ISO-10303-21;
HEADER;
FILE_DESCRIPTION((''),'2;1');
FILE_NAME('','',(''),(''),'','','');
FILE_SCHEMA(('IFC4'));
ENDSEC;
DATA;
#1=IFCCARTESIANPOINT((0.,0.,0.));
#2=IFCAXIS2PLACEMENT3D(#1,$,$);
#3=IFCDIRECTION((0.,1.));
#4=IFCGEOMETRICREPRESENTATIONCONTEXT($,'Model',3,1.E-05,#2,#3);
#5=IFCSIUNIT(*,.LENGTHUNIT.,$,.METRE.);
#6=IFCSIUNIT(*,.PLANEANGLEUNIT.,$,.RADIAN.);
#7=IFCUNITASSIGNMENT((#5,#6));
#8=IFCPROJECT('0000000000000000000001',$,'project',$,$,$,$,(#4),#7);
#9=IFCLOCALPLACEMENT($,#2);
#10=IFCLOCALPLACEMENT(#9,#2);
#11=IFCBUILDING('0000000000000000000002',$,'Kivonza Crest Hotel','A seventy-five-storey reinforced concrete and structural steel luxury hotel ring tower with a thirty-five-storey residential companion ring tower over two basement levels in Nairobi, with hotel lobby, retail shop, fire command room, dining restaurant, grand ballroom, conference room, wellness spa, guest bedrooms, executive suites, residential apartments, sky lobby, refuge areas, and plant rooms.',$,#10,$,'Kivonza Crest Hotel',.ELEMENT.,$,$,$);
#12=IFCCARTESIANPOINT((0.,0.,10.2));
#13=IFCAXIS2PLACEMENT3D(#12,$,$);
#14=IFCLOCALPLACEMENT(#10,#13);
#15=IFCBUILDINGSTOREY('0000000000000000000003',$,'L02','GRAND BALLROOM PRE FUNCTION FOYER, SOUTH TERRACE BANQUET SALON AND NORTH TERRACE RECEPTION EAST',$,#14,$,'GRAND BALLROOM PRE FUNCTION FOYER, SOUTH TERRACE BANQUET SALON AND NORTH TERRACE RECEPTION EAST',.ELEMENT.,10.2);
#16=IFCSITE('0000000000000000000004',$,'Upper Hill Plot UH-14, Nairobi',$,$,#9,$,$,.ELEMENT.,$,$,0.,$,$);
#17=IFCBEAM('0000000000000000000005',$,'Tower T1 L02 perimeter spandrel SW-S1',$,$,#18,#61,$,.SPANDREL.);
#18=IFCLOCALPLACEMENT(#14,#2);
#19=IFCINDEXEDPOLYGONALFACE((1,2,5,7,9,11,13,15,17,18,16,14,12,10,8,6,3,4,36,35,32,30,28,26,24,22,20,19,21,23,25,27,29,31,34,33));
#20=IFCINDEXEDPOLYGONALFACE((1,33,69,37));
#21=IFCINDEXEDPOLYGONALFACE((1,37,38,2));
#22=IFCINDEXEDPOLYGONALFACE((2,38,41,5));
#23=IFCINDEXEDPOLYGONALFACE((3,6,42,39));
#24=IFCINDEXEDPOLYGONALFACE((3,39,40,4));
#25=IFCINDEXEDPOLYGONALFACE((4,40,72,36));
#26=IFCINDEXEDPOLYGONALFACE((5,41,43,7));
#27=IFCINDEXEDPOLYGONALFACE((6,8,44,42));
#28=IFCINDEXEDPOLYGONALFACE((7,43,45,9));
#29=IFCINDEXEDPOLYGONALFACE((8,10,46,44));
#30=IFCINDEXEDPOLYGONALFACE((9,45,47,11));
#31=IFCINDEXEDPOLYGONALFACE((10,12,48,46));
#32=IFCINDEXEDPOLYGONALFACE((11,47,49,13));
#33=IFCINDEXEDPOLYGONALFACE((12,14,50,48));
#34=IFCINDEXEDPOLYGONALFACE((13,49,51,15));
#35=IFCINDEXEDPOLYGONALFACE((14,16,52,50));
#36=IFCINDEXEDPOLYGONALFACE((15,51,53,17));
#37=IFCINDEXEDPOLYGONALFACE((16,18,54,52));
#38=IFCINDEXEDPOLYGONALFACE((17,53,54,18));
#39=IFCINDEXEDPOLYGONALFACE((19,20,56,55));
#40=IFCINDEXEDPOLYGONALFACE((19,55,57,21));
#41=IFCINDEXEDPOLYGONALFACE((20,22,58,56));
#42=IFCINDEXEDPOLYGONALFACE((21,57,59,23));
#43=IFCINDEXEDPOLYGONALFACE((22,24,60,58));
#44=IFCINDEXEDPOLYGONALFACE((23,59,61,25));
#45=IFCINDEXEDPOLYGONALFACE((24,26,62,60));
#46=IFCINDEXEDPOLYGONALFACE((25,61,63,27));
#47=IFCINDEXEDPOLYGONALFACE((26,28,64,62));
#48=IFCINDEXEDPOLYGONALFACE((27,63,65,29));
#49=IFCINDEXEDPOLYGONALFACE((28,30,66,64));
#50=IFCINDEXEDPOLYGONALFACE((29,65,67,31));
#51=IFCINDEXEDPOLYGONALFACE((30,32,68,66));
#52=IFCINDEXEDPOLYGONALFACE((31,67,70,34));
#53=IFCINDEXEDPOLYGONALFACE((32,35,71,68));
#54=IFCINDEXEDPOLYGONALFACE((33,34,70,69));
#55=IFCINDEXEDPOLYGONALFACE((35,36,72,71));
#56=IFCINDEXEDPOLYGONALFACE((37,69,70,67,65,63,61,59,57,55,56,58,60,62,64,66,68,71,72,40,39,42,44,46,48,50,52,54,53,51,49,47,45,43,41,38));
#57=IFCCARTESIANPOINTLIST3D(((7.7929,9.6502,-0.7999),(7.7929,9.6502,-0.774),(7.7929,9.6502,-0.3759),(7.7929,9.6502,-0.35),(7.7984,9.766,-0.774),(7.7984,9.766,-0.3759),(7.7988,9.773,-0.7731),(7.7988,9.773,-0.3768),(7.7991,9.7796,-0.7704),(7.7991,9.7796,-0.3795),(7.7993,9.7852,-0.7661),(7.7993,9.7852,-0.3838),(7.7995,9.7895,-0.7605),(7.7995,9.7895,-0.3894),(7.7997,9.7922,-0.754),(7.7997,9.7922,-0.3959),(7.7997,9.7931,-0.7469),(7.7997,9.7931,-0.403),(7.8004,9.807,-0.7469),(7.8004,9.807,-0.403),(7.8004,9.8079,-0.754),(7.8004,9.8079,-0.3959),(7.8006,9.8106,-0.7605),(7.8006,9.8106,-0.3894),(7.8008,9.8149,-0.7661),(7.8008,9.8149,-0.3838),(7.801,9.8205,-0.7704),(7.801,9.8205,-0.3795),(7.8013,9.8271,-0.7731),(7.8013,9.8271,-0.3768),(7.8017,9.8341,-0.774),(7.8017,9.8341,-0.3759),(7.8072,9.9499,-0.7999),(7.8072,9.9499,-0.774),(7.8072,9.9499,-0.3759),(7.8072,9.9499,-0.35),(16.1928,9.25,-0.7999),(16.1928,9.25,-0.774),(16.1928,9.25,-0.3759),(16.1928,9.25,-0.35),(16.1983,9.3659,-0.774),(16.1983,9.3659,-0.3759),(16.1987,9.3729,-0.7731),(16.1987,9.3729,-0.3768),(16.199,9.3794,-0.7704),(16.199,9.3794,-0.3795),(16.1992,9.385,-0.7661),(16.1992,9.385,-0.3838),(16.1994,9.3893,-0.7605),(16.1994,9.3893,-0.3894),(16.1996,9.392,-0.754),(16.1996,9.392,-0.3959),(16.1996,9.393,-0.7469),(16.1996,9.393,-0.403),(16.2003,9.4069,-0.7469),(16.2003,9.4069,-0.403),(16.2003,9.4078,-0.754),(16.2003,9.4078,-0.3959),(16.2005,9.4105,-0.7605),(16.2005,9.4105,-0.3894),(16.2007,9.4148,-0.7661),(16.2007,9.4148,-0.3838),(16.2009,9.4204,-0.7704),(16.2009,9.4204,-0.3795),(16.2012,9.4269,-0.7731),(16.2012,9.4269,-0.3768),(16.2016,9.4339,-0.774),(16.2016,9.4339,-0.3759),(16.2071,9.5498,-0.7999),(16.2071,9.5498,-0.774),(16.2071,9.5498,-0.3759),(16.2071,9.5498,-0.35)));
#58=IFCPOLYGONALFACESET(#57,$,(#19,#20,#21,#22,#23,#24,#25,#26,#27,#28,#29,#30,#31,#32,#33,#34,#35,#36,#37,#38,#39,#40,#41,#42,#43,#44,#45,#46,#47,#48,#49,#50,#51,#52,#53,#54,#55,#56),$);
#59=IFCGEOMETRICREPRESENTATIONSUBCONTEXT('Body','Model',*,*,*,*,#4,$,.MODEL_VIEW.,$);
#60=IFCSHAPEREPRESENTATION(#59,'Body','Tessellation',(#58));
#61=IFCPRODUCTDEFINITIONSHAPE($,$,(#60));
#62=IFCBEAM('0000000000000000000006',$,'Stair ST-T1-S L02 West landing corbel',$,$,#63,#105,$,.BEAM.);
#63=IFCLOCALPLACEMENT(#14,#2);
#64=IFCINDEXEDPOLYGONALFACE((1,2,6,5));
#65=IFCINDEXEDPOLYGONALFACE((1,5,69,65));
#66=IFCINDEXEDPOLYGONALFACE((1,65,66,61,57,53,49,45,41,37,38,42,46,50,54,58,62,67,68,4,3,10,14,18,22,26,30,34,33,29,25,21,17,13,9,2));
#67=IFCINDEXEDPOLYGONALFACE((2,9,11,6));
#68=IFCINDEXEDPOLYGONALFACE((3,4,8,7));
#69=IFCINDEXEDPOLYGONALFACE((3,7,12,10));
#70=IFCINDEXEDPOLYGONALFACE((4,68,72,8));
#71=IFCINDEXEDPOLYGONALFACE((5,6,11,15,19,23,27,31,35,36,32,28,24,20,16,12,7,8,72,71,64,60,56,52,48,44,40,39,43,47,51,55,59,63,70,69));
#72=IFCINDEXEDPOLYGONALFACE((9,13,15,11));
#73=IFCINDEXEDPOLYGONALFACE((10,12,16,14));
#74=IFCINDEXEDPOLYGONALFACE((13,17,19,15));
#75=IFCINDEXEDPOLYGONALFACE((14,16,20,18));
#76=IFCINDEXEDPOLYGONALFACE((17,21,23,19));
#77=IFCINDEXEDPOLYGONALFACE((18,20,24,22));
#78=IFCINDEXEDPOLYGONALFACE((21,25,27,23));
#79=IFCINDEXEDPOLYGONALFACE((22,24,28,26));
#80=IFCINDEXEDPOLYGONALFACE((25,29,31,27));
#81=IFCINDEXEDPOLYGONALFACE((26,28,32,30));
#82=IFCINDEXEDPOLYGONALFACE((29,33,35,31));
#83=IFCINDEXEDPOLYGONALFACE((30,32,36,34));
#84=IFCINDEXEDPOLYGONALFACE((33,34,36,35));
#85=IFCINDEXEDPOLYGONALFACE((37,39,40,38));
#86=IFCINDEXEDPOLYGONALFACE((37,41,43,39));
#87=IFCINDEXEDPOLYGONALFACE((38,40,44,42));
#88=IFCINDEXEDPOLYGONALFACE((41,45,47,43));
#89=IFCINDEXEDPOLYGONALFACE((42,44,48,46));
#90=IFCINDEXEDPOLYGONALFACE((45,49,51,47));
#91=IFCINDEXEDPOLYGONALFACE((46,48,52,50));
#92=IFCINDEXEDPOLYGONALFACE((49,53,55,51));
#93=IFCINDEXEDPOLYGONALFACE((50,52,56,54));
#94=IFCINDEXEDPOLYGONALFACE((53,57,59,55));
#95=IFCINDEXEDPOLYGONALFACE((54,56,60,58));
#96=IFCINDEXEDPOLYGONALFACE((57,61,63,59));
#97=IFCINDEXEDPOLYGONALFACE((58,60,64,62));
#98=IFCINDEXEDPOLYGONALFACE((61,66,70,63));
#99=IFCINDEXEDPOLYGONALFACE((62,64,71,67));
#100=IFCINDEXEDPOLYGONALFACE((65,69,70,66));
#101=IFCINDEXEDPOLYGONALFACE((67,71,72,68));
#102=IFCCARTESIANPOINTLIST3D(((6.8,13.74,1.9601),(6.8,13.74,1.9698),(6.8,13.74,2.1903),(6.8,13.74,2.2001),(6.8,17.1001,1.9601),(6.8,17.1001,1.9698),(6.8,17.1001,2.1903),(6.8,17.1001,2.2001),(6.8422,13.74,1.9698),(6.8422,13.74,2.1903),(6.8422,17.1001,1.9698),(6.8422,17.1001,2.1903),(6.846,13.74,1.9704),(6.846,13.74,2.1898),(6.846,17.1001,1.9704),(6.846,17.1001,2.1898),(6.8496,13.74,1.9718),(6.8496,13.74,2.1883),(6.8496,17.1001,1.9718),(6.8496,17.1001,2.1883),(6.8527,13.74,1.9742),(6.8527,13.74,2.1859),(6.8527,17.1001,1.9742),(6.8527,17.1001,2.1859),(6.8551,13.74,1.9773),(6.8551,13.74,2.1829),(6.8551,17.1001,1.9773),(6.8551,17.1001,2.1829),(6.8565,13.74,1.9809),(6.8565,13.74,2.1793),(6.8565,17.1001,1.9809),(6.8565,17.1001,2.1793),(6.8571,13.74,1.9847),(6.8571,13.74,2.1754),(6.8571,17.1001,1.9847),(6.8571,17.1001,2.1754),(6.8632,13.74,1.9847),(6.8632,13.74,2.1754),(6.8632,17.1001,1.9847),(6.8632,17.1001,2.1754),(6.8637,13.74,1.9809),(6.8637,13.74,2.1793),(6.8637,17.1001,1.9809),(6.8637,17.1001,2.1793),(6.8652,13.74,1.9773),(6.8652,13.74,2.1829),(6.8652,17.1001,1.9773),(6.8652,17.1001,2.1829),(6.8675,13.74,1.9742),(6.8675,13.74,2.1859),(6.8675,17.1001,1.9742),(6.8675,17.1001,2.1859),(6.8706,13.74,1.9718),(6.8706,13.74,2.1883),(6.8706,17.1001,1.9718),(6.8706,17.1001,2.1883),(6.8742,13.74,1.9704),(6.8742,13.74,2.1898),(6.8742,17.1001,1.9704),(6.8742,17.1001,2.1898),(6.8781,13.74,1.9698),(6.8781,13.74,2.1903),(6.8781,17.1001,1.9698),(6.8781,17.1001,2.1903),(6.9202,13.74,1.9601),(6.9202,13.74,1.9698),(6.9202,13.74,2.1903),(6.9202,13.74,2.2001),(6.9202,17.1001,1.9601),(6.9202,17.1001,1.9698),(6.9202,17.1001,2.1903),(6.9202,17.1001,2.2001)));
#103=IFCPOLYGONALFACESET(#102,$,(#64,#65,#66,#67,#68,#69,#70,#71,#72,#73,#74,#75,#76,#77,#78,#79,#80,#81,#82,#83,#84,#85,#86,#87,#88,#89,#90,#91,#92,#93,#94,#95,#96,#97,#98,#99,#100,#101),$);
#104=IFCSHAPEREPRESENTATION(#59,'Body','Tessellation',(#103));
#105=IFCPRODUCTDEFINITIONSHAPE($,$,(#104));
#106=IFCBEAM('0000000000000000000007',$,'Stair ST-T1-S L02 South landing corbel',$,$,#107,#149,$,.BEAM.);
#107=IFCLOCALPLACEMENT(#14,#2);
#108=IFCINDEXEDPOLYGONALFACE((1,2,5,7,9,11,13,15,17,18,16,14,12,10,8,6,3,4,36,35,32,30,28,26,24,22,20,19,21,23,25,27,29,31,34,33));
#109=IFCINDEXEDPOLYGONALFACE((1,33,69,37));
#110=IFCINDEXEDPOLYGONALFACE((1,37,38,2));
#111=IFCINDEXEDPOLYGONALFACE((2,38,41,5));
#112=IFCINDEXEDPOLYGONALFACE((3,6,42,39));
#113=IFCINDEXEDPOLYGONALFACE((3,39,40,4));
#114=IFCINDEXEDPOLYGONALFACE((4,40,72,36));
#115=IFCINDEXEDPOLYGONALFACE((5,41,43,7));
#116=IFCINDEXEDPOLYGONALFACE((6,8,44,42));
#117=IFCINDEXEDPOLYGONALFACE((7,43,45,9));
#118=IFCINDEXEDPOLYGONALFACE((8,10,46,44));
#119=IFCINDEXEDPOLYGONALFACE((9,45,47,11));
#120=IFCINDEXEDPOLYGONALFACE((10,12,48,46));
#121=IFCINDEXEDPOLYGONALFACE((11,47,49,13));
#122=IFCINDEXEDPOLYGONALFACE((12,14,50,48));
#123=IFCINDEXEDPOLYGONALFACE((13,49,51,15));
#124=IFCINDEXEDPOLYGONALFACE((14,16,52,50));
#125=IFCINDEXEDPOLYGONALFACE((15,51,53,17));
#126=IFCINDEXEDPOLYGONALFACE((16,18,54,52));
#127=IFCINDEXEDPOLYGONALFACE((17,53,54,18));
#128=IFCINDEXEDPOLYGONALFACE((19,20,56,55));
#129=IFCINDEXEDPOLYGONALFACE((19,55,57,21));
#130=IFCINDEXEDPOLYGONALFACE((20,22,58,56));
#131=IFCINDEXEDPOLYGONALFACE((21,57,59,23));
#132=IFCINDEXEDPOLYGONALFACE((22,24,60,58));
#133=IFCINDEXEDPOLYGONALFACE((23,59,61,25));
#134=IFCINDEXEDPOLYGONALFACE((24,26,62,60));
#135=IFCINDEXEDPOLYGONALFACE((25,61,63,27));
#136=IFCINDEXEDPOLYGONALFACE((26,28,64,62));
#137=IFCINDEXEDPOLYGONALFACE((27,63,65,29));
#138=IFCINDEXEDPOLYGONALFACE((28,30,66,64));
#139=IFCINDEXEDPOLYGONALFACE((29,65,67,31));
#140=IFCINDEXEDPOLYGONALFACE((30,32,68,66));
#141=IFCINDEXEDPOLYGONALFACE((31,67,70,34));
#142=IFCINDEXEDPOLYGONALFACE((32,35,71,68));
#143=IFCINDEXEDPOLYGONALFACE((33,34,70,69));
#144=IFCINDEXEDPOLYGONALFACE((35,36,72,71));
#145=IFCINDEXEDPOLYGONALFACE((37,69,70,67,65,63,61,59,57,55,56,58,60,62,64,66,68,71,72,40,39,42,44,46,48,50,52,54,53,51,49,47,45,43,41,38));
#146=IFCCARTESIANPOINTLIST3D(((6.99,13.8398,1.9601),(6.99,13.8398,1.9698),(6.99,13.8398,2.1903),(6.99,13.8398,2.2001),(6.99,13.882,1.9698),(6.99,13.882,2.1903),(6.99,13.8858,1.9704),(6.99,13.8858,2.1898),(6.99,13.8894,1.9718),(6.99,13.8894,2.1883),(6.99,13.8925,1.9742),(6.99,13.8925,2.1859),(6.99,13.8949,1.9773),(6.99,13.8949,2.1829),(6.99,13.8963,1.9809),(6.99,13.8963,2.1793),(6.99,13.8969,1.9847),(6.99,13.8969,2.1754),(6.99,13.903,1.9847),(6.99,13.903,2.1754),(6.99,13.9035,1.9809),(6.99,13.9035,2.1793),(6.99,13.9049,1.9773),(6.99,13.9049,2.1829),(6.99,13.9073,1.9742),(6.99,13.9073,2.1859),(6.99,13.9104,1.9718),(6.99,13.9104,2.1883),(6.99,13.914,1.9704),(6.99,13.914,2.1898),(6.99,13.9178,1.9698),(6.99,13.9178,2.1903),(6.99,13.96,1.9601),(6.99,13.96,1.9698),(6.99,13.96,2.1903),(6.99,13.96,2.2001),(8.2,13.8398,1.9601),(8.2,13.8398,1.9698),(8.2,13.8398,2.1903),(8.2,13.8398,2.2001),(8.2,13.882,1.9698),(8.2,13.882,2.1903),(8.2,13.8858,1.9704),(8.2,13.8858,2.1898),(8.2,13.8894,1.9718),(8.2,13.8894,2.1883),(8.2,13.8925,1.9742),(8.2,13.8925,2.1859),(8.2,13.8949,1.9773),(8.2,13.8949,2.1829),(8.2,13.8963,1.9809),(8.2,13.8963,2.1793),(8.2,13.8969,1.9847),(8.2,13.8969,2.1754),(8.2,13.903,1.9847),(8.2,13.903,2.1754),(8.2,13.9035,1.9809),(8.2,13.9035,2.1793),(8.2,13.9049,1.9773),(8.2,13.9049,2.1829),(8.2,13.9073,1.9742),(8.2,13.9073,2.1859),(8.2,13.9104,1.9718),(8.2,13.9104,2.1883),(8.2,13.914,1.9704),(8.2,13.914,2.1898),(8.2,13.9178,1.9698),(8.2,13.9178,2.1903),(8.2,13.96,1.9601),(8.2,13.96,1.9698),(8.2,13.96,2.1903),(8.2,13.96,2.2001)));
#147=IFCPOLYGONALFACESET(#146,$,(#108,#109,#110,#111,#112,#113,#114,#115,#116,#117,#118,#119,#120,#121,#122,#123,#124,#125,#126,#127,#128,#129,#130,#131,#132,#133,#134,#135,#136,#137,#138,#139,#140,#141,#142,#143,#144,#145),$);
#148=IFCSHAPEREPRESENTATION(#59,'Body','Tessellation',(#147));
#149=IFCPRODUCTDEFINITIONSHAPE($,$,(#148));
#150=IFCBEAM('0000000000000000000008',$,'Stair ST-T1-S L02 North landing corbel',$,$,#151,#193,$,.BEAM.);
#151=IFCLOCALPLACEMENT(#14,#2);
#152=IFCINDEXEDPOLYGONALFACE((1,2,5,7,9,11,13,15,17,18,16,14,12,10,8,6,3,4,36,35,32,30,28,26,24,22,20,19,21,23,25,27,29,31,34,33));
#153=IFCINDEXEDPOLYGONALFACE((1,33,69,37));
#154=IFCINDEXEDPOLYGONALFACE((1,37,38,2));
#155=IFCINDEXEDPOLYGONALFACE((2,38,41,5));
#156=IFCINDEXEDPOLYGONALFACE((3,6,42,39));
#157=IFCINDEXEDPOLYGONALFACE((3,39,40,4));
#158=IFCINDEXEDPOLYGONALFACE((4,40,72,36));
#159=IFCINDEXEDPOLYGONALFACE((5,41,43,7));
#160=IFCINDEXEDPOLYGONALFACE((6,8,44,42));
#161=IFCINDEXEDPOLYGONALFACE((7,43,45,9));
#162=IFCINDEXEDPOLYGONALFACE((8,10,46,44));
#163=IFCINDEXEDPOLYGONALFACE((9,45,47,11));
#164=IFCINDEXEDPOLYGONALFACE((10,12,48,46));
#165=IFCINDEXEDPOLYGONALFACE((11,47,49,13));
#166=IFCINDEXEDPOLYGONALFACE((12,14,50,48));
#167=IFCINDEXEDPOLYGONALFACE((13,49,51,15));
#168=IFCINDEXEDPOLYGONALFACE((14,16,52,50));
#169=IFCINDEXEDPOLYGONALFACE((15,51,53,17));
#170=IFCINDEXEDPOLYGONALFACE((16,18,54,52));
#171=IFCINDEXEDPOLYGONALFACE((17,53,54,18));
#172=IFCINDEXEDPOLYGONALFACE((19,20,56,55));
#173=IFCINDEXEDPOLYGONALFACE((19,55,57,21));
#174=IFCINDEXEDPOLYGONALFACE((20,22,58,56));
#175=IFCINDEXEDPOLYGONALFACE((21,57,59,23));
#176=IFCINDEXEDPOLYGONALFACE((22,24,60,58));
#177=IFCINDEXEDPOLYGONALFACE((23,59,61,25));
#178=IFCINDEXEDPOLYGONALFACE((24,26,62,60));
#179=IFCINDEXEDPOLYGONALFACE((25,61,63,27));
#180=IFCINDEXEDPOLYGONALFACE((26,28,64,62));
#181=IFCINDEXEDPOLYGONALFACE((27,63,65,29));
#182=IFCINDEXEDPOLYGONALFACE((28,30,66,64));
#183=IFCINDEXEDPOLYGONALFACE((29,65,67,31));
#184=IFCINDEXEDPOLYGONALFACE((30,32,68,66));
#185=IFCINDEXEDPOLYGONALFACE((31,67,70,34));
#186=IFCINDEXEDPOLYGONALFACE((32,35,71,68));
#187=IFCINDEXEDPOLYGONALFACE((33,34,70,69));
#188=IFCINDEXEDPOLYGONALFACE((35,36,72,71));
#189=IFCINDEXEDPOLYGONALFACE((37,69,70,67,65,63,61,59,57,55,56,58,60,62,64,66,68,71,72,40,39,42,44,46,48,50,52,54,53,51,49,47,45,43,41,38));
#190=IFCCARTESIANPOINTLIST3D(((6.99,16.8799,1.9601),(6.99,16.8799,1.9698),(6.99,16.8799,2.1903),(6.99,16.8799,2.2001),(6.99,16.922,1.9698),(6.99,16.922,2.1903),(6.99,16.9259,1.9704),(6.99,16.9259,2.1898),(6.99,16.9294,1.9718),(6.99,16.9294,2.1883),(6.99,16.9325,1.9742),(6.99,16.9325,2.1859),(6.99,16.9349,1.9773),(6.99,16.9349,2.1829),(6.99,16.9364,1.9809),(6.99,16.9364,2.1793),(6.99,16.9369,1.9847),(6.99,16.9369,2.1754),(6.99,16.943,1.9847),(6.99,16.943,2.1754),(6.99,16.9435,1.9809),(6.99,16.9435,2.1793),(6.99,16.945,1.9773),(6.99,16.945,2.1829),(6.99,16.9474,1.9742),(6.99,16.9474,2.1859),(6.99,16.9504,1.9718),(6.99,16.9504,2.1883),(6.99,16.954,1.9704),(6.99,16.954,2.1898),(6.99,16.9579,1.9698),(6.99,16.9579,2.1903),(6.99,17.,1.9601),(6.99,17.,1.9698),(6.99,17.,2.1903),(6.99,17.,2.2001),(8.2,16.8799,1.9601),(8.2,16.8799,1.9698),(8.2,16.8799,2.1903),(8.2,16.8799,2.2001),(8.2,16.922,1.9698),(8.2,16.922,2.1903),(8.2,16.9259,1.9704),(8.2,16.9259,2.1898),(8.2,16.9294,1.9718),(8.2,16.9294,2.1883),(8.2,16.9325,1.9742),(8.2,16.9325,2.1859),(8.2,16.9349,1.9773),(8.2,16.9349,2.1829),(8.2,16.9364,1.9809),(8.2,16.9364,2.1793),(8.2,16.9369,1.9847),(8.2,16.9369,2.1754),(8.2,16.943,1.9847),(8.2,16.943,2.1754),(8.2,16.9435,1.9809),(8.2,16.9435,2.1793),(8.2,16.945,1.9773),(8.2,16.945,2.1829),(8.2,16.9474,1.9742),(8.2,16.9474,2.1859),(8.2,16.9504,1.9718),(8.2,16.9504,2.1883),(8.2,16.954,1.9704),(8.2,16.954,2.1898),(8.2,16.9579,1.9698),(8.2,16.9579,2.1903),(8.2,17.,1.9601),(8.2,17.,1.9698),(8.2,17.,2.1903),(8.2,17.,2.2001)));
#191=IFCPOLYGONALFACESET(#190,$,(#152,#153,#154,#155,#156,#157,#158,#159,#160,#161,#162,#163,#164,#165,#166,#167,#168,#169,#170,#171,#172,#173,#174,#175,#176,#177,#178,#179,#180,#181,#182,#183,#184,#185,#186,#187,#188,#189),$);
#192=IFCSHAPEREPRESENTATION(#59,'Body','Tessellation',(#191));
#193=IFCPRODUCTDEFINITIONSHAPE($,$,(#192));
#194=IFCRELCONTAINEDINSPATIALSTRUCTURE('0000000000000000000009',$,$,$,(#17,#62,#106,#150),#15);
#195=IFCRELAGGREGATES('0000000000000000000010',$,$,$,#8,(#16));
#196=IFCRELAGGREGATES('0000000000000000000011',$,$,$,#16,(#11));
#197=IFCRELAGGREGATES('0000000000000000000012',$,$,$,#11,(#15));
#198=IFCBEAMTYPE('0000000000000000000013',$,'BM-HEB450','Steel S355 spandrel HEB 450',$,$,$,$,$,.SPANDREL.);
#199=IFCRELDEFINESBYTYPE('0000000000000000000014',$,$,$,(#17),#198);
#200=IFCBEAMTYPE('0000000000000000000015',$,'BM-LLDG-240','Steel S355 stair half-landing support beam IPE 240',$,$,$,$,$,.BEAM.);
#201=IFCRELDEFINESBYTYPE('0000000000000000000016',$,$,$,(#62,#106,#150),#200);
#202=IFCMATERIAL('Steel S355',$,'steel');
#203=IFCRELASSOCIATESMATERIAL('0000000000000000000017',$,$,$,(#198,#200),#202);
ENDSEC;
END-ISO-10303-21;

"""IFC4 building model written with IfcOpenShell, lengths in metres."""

from ifc_helpers import new_model, si_unit, direction, frame, origin, origin_2d, place, context, subcontext, project, spatial, i_section, extrude, material, material_profile, profile_set, type_object, element, save


model = new_model("IFC4")

# Units and contexts
model_context = context("Model", 3, precision=1e-05, world=origin(), true_north=direction((0.0, 1.0)))
body_context = subcontext(model_context, "Body", "Model", "MODEL_VIEW")
ifc_project = project(units=[si_unit("LENGTHUNIT", "METRE"), si_unit("PLANEANGLEUNIT", "RADIAN")], contexts=[model_context])

# Site, building, storey
site_placement = place(None, origin())
site = spatial("IfcSite", under=ifc_project, at=site_placement, Name="Upper Hill Plot UH-14, Nairobi", CompositionType="ELEMENT", RefElevation=0.0)
building_placement = place(site_placement, origin())
building = spatial("IfcBuilding", under=site, at=building_placement, Name="Kivonza Crest Hotel", Description="A seventy-five-storey reinforced concrete and structural steel luxury hotel ring tower with a thirty-five-storey residential companion ring tower over two basement levels in Nairobi, with hotel lobby, retail shop, fire command room, dining restaurant, grand ballroom, conference room, wellness spa, guest bedrooms, executive suites, residential apartments, sky lobby, refuge areas, and plant rooms.", LongName="Kivonza Crest Hotel", CompositionType="ELEMENT")
storey_placement = place(building_placement, frame((0.0, 0.0, 10.2)))
storey = spatial("IfcBuildingStorey", under=building, at=storey_placement, Name="L02", Description="GRAND BALLROOM PRE FUNCTION FOYER, SOUTH TERRACE BANQUET SALON AND NORTH TERRACE RECEPTION EAST", LongName="GRAND BALLROOM PRE FUNCTION FOYER, SOUTH TERRACE BANQUET SALON AND NORTH TERRACE RECEPTION EAST", CompositionType="ELEMENT", Elevation=10.2)

# Beams
ifc_material_1 = material(Name="Steel S355", Category="steel")
ifc_material_profile_1 = material_profile(ifc_material_1, i_section(OverallWidth=0.3, OverallDepth=0.45, WebThickness=0.0139, FlangeThickness=0.0259, FilletRadius=0.0271, at=origin_2d()), Name="HEB 450")
ifc_profile_set_1 = profile_set([ifc_material_profile_1], Name="Steel S355")
beam_type_1 = type_object("IfcBeamType", Name="BM-HEB450", Description="Steel S355 spandrel HEB 450", PredefinedType="SPANDREL", material=ifc_profile_set_1)
beam_1_placement = place(storey_placement, frame((7.8, 9.8, -0.575), z_axis=(0.998867, -0.047583, 0.0), x_axis=(0.047583, 0.998867, 0.0)))
element("IfcBeam", 1, at=beam_1_placement, inside=storey, type_object=beam_type_1, Name="Tower T1 L02 perimeter spandrel SW-S1", PredefinedType="SPANDREL", context=body_context, shape_type="SweptSolid", body=[
    extrude(i_section(OverallWidth=0.3, OverallDepth=0.45, WebThickness=0.0139, FlangeThickness=0.0259, FilletRadius=0.0271, at=origin_2d()), origin(), (0.0, 0.0, 1.0), 8.4094),
])
ifc_material_profile_2 = material_profile(ifc_material_1, i_section(OverallWidth=0.1201, OverallDepth=0.24, WebThickness=0.0061, FlangeThickness=0.0098, FilletRadius=0.0149, at=origin_2d()), Name="IPE 240")
ifc_profile_set_2 = profile_set([ifc_material_profile_2], Name="Steel S355")
beam_type_2 = type_object("IfcBeamType", Name="BM-LLDG-240", Description="Steel S355 stair half-landing support beam IPE 240", PredefinedType="BEAM", material=ifc_profile_set_2)
beam_2_placement = place(storey_placement, frame((6.8601, 13.74, 2.0801), z_axis=(0.0, 1.0, 0.0), x_axis=(-1.0, 0.0, 0.0)))
element("IfcBeam", 2, at=beam_2_placement, inside=storey, type_object=beam_type_2, Name="Stair ST-T1-S L02 West landing corbel", PredefinedType="BEAM", context=body_context, shape_type="SweptSolid", body=[
    extrude(i_section(OverallWidth=0.1201, OverallDepth=0.24, WebThickness=0.0061, FlangeThickness=0.0098, FilletRadius=0.0149, at=origin_2d()), origin(), (0.0, 0.0, 1.0), 3.3601),
])
for number, where, z_axis, x_axis, name in (
    (3, (6.99, 13.8999, 2.0801), (1.0, 0.0, 0.0), (0.0, 1.0, 0.0), "Stair ST-T1-S L02 South landing corbel"),
    (4, (6.99, 16.9399, 2.0801), (1.0, 0.0, 0.0), (0.0, 1.0, 0.0), "Stair ST-T1-S L02 North landing corbel"),
):
    element("IfcBeam", number, at=place(storey_placement, frame(where, z_axis=z_axis, x_axis=x_axis)), inside=storey, type_object=beam_type_2, Name=name, PredefinedType="BEAM", context=body_context, shape_type="SweptSolid", body=[
        extrude(i_section(OverallWidth=0.1201, OverallDepth=0.24, WebThickness=0.0061, FlangeThickness=0.0098, FilletRadius=0.0149, at=origin_2d()), origin(), (0.0, 0.0, 1.0), 1.21),
    ])

save(model, "model.ifc")
